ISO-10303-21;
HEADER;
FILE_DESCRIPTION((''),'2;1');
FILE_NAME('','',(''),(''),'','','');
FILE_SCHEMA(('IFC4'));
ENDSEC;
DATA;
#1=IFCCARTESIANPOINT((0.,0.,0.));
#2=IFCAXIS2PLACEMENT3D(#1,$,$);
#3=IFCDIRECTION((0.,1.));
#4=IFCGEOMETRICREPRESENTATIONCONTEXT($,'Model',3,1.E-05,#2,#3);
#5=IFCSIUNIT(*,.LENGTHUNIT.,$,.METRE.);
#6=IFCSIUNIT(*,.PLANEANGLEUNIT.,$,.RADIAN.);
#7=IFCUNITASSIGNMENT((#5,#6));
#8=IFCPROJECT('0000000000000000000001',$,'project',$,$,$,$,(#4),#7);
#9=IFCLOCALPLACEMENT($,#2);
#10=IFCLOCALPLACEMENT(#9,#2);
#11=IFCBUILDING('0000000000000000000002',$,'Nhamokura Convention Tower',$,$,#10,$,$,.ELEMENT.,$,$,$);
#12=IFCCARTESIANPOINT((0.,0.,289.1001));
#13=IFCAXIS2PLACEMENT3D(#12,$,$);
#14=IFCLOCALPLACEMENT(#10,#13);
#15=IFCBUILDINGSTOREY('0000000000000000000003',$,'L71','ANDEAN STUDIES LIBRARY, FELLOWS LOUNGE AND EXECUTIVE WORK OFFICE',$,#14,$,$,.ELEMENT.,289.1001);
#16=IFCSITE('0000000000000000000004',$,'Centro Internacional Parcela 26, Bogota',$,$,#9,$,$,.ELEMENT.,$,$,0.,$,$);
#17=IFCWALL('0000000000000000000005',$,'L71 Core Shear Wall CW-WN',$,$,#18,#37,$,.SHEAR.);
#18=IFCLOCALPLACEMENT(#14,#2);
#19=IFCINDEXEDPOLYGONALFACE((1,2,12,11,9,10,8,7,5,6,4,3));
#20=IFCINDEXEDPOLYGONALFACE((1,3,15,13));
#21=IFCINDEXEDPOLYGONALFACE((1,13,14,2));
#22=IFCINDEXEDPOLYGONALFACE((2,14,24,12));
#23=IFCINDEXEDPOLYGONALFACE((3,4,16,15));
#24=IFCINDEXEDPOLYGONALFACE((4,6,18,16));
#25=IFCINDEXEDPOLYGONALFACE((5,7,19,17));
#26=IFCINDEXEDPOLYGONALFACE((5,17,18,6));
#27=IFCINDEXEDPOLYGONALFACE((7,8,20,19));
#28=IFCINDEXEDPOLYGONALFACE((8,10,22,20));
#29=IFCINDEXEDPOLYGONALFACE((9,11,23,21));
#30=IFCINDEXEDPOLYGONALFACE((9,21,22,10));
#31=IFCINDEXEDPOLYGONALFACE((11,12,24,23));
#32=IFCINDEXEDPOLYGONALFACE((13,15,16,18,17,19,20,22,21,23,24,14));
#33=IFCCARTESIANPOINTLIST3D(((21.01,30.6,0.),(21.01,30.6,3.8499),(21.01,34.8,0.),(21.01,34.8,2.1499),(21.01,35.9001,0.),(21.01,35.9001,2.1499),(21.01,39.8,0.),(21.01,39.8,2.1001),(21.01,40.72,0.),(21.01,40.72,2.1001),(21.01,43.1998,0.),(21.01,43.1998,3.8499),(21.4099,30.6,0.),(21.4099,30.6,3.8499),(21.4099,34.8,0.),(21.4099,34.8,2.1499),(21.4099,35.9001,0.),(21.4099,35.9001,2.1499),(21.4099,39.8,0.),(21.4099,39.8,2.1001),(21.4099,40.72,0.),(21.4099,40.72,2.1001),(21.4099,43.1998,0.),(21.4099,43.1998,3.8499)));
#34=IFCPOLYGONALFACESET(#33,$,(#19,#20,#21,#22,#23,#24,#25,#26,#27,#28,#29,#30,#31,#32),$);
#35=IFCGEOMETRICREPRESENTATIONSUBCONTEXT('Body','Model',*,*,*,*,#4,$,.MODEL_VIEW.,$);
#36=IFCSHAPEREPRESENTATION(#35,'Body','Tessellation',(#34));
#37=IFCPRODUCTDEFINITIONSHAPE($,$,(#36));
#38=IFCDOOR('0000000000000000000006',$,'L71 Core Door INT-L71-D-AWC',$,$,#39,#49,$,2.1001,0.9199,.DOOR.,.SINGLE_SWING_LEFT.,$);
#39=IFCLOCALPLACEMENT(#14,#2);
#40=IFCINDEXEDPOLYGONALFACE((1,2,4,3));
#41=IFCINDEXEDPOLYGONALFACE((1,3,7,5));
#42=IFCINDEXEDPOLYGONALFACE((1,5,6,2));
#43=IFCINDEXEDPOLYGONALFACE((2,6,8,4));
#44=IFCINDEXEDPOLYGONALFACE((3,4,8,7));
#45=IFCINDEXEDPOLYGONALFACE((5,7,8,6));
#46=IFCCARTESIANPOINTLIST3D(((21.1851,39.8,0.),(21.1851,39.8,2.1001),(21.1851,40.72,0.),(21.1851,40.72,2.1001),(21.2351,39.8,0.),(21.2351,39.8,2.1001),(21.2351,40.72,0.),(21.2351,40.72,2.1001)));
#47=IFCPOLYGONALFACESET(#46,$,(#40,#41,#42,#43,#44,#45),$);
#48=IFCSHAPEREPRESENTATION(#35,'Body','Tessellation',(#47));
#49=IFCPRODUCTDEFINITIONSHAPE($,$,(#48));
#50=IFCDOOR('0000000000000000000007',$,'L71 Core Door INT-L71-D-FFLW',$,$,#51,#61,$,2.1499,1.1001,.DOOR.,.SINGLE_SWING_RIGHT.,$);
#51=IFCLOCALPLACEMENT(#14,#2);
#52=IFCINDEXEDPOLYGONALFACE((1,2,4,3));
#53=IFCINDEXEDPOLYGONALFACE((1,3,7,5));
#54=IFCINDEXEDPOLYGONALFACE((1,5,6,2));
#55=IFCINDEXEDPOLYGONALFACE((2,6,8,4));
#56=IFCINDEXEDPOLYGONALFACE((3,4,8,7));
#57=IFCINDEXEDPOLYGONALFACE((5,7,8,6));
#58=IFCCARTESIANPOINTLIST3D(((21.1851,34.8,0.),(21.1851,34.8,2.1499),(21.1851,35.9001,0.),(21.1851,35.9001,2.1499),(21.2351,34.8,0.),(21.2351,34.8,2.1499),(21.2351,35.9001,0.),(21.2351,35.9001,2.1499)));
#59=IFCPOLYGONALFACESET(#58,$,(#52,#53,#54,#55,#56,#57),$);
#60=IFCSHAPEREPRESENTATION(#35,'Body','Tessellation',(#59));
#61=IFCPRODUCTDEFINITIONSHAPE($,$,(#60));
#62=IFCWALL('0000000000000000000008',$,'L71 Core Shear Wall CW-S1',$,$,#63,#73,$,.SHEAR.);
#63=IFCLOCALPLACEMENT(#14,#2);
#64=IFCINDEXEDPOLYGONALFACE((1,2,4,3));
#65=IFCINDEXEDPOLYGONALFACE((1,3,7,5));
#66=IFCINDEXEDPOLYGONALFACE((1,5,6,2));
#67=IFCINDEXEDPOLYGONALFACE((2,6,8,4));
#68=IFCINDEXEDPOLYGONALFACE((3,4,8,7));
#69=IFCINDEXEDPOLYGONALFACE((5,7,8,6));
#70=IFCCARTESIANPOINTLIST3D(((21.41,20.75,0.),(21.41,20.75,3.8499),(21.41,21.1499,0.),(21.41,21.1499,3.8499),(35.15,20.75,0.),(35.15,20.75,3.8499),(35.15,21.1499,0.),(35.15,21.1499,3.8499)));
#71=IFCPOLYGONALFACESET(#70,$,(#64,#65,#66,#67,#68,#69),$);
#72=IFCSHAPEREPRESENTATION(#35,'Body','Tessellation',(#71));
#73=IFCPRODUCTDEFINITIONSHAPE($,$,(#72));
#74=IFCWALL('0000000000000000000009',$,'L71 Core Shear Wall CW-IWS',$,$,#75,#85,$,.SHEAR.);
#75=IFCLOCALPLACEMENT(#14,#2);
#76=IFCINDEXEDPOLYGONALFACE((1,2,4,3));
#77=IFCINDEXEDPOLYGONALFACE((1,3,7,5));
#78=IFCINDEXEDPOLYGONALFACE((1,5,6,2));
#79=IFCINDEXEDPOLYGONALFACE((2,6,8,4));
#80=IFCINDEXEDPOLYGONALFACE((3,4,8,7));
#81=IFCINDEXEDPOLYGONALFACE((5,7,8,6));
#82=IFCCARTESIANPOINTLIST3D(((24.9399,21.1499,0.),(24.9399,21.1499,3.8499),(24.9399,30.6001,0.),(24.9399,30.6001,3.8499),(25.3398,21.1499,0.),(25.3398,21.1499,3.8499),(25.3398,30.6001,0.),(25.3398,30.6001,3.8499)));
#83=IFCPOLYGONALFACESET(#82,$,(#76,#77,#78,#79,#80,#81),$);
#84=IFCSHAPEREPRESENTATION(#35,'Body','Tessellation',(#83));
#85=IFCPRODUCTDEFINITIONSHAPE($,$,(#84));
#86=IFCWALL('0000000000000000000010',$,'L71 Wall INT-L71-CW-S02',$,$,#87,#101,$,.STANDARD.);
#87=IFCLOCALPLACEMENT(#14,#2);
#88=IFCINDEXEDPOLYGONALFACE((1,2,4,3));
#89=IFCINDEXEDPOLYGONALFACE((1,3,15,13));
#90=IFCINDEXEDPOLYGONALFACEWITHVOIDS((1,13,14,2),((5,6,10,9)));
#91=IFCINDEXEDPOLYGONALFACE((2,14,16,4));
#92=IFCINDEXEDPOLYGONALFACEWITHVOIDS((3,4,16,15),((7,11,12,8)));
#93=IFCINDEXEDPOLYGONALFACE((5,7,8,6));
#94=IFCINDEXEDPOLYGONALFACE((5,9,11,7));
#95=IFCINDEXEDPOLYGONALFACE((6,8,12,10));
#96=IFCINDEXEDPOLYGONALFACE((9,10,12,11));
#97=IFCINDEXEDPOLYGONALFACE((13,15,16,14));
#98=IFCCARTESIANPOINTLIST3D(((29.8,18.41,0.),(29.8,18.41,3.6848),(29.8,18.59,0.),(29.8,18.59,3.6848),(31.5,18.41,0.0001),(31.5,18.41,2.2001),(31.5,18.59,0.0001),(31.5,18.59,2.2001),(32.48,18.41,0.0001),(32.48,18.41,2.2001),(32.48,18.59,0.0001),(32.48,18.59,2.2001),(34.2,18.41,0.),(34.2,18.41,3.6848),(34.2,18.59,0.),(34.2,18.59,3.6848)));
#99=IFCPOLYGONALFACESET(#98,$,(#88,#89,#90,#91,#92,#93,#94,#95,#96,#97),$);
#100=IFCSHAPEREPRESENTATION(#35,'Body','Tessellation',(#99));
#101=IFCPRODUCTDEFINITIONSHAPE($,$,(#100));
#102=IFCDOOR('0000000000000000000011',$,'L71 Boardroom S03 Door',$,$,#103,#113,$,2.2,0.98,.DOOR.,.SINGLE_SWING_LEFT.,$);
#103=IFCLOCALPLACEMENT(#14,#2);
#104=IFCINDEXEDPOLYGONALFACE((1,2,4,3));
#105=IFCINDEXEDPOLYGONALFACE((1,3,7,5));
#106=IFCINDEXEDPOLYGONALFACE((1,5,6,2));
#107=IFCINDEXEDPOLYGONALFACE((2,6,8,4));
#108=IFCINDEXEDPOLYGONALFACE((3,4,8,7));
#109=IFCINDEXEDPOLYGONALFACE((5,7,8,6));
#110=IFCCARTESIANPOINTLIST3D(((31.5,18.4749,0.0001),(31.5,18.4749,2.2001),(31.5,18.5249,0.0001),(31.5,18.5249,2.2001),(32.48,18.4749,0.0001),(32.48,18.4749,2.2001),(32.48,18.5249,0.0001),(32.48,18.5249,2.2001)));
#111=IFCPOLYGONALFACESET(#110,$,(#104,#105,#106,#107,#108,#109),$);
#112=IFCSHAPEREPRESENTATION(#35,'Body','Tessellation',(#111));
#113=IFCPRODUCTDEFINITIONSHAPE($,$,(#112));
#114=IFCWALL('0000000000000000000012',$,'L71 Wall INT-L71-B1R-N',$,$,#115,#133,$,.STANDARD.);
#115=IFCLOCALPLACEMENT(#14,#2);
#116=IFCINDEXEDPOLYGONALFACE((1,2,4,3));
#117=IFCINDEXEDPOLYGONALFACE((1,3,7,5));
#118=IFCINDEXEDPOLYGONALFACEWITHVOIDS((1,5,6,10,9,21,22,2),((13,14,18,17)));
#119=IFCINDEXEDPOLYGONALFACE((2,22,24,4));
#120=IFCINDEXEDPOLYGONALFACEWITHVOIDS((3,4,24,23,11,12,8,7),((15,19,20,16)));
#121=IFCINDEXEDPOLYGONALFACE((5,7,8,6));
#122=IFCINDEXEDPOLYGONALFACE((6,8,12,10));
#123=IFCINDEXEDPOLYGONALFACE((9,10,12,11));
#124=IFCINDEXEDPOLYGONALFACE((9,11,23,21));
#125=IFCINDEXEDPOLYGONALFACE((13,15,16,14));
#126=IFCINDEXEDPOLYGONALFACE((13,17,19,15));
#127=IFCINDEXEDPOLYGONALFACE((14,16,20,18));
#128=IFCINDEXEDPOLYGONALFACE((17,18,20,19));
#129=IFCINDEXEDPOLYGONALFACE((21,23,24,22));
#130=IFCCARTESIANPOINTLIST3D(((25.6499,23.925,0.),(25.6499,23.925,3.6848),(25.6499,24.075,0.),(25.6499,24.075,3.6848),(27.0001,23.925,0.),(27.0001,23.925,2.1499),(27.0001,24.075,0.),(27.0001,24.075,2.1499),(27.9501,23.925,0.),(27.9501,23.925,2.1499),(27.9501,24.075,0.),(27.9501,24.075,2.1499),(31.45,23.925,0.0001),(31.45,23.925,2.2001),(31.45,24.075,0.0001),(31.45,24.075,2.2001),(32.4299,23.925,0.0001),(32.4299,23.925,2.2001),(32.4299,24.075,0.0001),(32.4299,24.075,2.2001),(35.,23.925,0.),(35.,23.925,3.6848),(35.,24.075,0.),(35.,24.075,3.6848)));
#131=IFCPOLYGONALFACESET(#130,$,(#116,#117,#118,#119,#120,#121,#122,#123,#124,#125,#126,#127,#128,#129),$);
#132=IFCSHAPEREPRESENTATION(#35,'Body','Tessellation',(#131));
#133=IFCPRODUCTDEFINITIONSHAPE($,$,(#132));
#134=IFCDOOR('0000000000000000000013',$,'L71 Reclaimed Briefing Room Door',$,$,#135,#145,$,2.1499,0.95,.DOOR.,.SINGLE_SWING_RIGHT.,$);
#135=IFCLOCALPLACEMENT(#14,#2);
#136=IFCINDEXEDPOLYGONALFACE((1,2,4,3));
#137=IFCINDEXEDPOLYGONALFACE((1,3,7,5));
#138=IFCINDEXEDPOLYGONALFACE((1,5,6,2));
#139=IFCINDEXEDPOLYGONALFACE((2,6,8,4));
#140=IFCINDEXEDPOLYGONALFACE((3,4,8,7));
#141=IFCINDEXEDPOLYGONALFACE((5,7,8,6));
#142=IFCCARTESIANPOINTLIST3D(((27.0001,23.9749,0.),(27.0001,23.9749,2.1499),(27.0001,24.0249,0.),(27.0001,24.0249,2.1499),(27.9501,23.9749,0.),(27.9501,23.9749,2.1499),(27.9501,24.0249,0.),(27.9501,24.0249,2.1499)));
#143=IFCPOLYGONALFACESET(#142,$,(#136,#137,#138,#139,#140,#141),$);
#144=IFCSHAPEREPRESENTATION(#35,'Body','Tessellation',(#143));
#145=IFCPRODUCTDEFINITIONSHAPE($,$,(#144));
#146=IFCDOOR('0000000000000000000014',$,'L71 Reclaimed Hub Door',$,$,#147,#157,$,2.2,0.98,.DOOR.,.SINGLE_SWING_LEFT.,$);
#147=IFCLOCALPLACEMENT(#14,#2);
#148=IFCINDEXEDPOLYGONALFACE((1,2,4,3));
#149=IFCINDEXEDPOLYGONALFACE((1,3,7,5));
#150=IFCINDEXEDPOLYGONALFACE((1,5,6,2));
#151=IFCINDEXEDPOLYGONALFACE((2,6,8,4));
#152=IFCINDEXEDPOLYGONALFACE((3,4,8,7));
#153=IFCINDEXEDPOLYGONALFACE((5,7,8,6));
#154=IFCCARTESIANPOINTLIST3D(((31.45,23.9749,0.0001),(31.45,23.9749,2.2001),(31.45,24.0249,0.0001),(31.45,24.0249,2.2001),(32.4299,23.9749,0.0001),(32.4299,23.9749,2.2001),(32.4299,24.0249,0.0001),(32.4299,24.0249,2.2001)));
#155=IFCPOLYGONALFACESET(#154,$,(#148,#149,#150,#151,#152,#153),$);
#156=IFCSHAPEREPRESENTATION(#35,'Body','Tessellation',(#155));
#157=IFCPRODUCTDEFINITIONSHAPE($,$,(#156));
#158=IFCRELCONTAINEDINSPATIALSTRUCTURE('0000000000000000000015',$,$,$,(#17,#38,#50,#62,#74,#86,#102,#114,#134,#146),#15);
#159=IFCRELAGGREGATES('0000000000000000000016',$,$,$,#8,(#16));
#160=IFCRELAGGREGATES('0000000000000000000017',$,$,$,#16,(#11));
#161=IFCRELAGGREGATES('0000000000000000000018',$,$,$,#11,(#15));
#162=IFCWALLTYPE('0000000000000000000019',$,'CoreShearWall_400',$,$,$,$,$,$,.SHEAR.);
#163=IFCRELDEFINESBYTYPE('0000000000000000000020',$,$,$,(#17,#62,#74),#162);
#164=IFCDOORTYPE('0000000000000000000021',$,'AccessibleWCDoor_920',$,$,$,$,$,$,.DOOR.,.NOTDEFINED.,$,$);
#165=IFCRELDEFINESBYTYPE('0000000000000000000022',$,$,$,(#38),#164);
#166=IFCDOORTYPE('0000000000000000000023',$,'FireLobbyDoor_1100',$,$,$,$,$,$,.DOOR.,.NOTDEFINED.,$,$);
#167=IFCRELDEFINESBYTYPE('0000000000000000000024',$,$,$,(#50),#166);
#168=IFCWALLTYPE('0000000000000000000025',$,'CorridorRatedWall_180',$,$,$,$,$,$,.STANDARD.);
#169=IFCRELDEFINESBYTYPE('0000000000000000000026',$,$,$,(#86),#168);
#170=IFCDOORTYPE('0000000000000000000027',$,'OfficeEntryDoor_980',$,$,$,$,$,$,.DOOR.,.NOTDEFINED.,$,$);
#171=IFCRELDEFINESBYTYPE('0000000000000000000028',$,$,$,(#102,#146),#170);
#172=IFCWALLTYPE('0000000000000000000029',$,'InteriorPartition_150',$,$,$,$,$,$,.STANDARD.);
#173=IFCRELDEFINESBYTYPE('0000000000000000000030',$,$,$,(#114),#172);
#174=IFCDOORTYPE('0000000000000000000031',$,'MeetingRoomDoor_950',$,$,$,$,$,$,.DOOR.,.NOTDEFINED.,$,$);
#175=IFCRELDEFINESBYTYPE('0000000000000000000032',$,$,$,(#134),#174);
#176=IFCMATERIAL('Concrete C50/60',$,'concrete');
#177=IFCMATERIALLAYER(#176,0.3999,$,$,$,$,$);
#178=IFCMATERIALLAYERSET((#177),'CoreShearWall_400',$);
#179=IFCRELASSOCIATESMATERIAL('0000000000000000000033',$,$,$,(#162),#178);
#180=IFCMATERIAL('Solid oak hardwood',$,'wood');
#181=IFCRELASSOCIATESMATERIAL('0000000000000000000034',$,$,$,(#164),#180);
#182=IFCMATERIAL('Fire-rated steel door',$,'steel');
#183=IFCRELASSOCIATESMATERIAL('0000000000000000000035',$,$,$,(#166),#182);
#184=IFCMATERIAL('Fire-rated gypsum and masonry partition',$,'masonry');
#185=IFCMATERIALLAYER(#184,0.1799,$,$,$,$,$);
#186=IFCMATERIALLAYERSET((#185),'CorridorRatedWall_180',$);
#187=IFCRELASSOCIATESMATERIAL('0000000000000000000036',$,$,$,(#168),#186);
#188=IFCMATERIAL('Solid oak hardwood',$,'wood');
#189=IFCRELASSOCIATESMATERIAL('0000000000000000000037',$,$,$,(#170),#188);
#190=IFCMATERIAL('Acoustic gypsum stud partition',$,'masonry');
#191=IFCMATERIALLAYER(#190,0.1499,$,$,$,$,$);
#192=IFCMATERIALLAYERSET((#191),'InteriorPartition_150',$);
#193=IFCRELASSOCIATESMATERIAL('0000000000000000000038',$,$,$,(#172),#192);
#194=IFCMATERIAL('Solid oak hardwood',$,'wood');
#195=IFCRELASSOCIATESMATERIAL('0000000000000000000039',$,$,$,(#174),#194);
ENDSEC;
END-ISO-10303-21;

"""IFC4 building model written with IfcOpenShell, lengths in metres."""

from ifc_helpers import new_model, si_unit, direction, frame, frame_2d, origin, place, context, subcontext, project, spatial, rectangle, extrude, material, layer, layer_set, type_object, element, fill, save


model = new_model("IFC4")

# Units and contexts
model_context = context("Model", 3, precision=1e-05, world=origin(), true_north=direction((0.0, 1.0)))
body_context = subcontext(model_context, "Body", "Model", "MODEL_VIEW")
ifc_project = project(units=[si_unit("LENGTHUNIT", "METRE"), si_unit("PLANEANGLEUNIT", "RADIAN")], contexts=[model_context])

# Site, building, storey
site_placement = place(None, origin())
site = spatial("IfcSite", under=ifc_project, at=site_placement, Name="Centro Internacional Parcela 26, Bogota", CompositionType="ELEMENT", RefElevation=0.0)
building_placement = place(site_placement, origin())
building = spatial("IfcBuilding", under=site, at=building_placement, Name="Nhamokura Convention Tower", CompositionType="ELEMENT")
storey_placement = place(building_placement, frame((0.0, 0.0, 289.1001)))
storey = spatial("IfcBuildingStorey", under=building, at=storey_placement, Name="L71", Description="ANDEAN STUDIES LIBRARY, FELLOWS LOUNGE AND EXECUTIVE WORK OFFICE", CompositionType="ELEMENT", Elevation=289.1001)

# Shared definitions
ifc_material_1 = material(Name="Concrete C50/60", Category="concrete")
ifc_layer_1 = layer(ifc_material_1, 0.3999)
ifc_layer_set_1 = layer_set([ifc_layer_1], Name="CoreShearWall_400")
wall_type_1 = type_object("IfcWallType", Name="CoreShearWall_400", PredefinedType="SHEAR", material=ifc_layer_set_1)

# Wall, openings, doors
wall_1_placement = place(storey_placement, frame((21.21, 30.6001, 0.0), z_axis=(0.0, 0.0, 1.0), x_axis=(0.0, 1.0, 0.0)))
wall_1 = element("IfcWall", 1, at=wall_1_placement, inside=storey, type_object=wall_type_1, Name="L71 Core Shear Wall CW-WN", PredefinedType="SHEAR", context=body_context, shape_type="SweptSolid", body=[
    extrude(rectangle(XDim=12.5999, YDim=0.3999, at=frame_2d((6.2998, 0.0))), origin(), (0.0, 0.0, 1.0), 3.8499),
])
opening_1_placement = place(wall_1_placement, frame((4.2, 0.0, 0.0)))
opening_1 = element("IfcOpeningElement", 2, at=opening_1_placement, cuts=wall_1, PredefinedType="OPENING", context=body_context, shape_type="SweptSolid", body=[
    extrude(rectangle(XDim=1.1001, YDim=2.1499, at=frame_2d((0.55, 1.075))), frame((0.0, 0.21, 0.0), z_axis=(0.0, -1.0, 0.0), x_axis=(1.0, 0.0, 0.0)), (0.0, 0.0, 1.0), 0.4199),
])
opening_2_placement = place(wall_1_placement, frame((9.2, 0.0, 0.0)))
opening_2 = element("IfcOpeningElement", 3, at=opening_2_placement, cuts=wall_1, PredefinedType="OPENING", context=body_context, shape_type="SweptSolid", body=[
    extrude(rectangle(XDim=0.9199, YDim=2.1001, at=frame_2d((0.46, 1.05))), frame((0.0, 0.21, 0.0), z_axis=(0.0, -1.0, 0.0), x_axis=(1.0, 0.0, 0.0)), (0.0, 0.0, 1.0), 0.4199),
])
ifc_material_2 = material(Name="Solid oak hardwood", Category="wood")
door_type_1 = type_object("IfcDoorType", Name="AccessibleWCDoor_920", OperationType="NOTDEFINED", PredefinedType="DOOR", material=ifc_material_2)
door_1_placement = place(opening_2_placement, origin())
door_1 = element("IfcDoor", 4, at=door_1_placement, inside=storey, type_object=door_type_1, Name="L71 Core Door INT-L71-D-AWC", OperationType="SINGLE_SWING_LEFT", OverallHeight=2.1001, OverallWidth=0.9199, PredefinedType="DOOR", context=body_context, shape_type="SweptSolid", body=[
    extrude(rectangle(XDim=0.9199, YDim=2.1001, at=frame_2d((0.46, 1.05))), frame((0.0, 0.0249, 0.0), z_axis=(0.0, -1.0, 0.0), x_axis=(1.0, 0.0, 0.0)), (0.0, 0.0, 1.0), 0.05),
])
fill(opening_2, door_1)
ifc_material_3 = material(Name="Fire-rated steel door", Category="steel")
door_type_2 = type_object("IfcDoorType", Name="FireLobbyDoor_1100", OperationType="NOTDEFINED", PredefinedType="DOOR", material=ifc_material_3)
door_2_placement = place(opening_1_placement, origin())
door_2 = element("IfcDoor", 5, at=door_2_placement, inside=storey, type_object=door_type_2, Name="L71 Core Door INT-L71-D-FFLW", OperationType="SINGLE_SWING_RIGHT", OverallHeight=2.1499, OverallWidth=1.1001, PredefinedType="DOOR", context=body_context, shape_type="SweptSolid", body=[
    extrude(rectangle(XDim=1.1001, YDim=2.1499, at=frame_2d((0.55, 1.075))), frame((0.0, 0.0249, 0.0), z_axis=(0.0, -1.0, 0.0), x_axis=(1.0, 0.0, 0.0)), (0.0, 0.0, 1.0), 0.05),
])
fill(opening_1, door_2)

# Walls
wall_2_placement = place(storey_placement, frame((21.4099, 20.95, 0.0), z_axis=(0.0, 0.0, 1.0), x_axis=(1.0, 0.0, 0.0)))
element("IfcWall", 6, at=wall_2_placement, inside=storey, type_object=wall_type_1, Name="L71 Core Shear Wall CW-S1", PredefinedType="SHEAR", context=body_context, shape_type="SweptSolid", body=[
    extrude(rectangle(XDim=13.74, YDim=0.3999, at=frame_2d((6.8701, 0.0))), origin(), (0.0, 0.0, 1.0), 3.8499),
])
wall_3_placement = place(storey_placement, frame((25.1399, 21.1499, 0.0), z_axis=(0.0, 0.0, 1.0), x_axis=(0.0, 1.0, 0.0)))
element("IfcWall", 7, at=wall_3_placement, inside=storey, type_object=wall_type_1, Name="L71 Core Shear Wall CW-IWS", PredefinedType="SHEAR", context=body_context, shape_type="SweptSolid", body=[
    extrude(rectangle(XDim=9.4502, YDim=0.3999, at=frame_2d((4.7251, 0.0))), origin(), (0.0, 0.0, 1.0), 3.8499),
])

# Wall, opening, door
ifc_material_4 = material(Name="Fire-rated gypsum and masonry partition", Category="masonry")
ifc_layer_2 = layer(ifc_material_4, 0.1799)
ifc_layer_set_2 = layer_set([ifc_layer_2], Name="CorridorRatedWall_180")
wall_type_2 = type_object("IfcWallType", Name="CorridorRatedWall_180", PredefinedType="STANDARD", material=ifc_layer_set_2)
wall_4_placement = place(storey_placement, frame((29.8, 18.5, 0.0), z_axis=(0.0, 0.0, 1.0), x_axis=(1.0, 0.0, 0.0)))
wall_4 = element("IfcWall", 8, at=wall_4_placement, inside=storey, type_object=wall_type_2, Name="L71 Wall INT-L71-CW-S02", PredefinedType="STANDARD", context=body_context, shape_type="SweptSolid", body=[
    extrude(rectangle(XDim=4.3999, YDim=0.1799, at=frame_2d((2.2, 0.0))), origin(), (0.0, 0.0, 1.0), 3.6848),
])
opening_3_placement = place(wall_4_placement, frame((1.7, 0.0, 0.0)))
opening_3 = element("IfcOpeningElement", 9, at=opening_3_placement, cuts=wall_4, PredefinedType="OPENING", context=body_context, shape_type="SweptSolid", body=[
    extrude(rectangle(XDim=0.98, YDim=2.2, at=frame_2d((0.49, 1.1001))), frame((0.0, 0.0999, 0.0), z_axis=(0.0, -1.0, 0.0), x_axis=(1.0, 0.0, 0.0)), (0.0, 0.0, 1.0), 0.2),
])
ifc_material_5 = material(Name="Solid oak hardwood", Category="wood")
door_type_3 = type_object("IfcDoorType", Name="OfficeEntryDoor_980", OperationType="NOTDEFINED", PredefinedType="DOOR", material=ifc_material_5)
door_3_placement = place(opening_3_placement, origin())
door_3 = element("IfcDoor", 10, at=door_3_placement, inside=storey, type_object=door_type_3, Name="L71 Boardroom S03 Door", OperationType="SINGLE_SWING_LEFT", OverallHeight=2.2, OverallWidth=0.98, PredefinedType="DOOR", context=body_context, shape_type="SweptSolid", body=[
    extrude(rectangle(XDim=0.98, YDim=2.2, at=frame_2d((0.49, 1.1001))), frame((0.0, 0.0249, 0.0), z_axis=(0.0, -1.0, 0.0), x_axis=(1.0, 0.0, 0.0)), (0.0, 0.0, 1.0), 0.05),
])
fill(opening_3, door_3)

# Wall, openings, doors
ifc_material_6 = material(Name="Acoustic gypsum stud partition", Category="masonry")
ifc_layer_3 = layer(ifc_material_6, 0.1499)
ifc_layer_set_3 = layer_set([ifc_layer_3], Name="InteriorPartition_150")
wall_type_3 = type_object("IfcWallType", Name="InteriorPartition_150", PredefinedType="STANDARD", material=ifc_layer_set_3)
wall_5_placement = place(storey_placement, frame((25.6499, 24.0, 0.0), z_axis=(0.0, 0.0, 1.0), x_axis=(1.0, 0.0, 0.0)))
wall_5 = element("IfcWall", 11, at=wall_5_placement, inside=storey, type_object=wall_type_3, Name="L71 Wall INT-L71-B1R-N", PredefinedType="STANDARD", context=body_context, shape_type="SweptSolid", body=[
    extrude(rectangle(XDim=9.3501, YDim=0.1499, at=frame_2d((4.675, 0.0))), origin(), (0.0, 0.0, 1.0), 3.6848),
])
opening_4_placement = place(wall_5_placement, frame((1.3501, 0.0, 0.0)))
opening_4 = element("IfcOpeningElement", 12, at=opening_4_placement, cuts=wall_5, PredefinedType="OPENING", context=body_context, shape_type="SweptSolid", body=[
    extrude(rectangle(XDim=0.95, YDim=2.1499, at=frame_2d((0.4751, 1.075))), frame((0.0, 0.085, 0.0), z_axis=(0.0, -1.0, 0.0), x_axis=(1.0, 0.0, 0.0)), (0.0, 0.0, 1.0), 0.1699),
])
opening_5_placement = place(wall_5_placement, frame((5.8, 0.0, 0.0)))
opening_5 = element("IfcOpeningElement", 13, at=opening_5_placement, cuts=wall_5, PredefinedType="OPENING", context=body_context, shape_type="SweptSolid", body=[
    extrude(rectangle(XDim=0.98, YDim=2.2, at=frame_2d((0.49, 1.1001))), frame((0.0, 0.085, 0.0), z_axis=(0.0, -1.0, 0.0), x_axis=(1.0, 0.0, 0.0)), (0.0, 0.0, 1.0), 0.1699),
])
ifc_material_7 = material(Name="Solid oak hardwood", Category="wood")
door_type_4 = type_object("IfcDoorType", Name="MeetingRoomDoor_950", OperationType="NOTDEFINED", PredefinedType="DOOR", material=ifc_material_7)
door_4_placement = place(opening_4_placement, origin())
door_4 = element("IfcDoor", 14, at=door_4_placement, inside=storey, type_object=door_type_4, Name="L71 Reclaimed Briefing Room Door", OperationType="SINGLE_SWING_RIGHT", OverallHeight=2.1499, OverallWidth=0.95, PredefinedType="DOOR", context=body_context, shape_type="SweptSolid", body=[
    extrude(rectangle(XDim=0.95, YDim=2.1499, at=frame_2d((0.4751, 1.075))), frame((0.0, 0.0249, 0.0), z_axis=(0.0, -1.0, 0.0), x_axis=(1.0, 0.0, 0.0)), (0.0, 0.0, 1.0), 0.05),
])
fill(opening_4, door_4)
door_5_placement = place(opening_5_placement, origin())
door_5 = element("IfcDoor", 15, at=door_5_placement, inside=storey, type_object=door_type_3, Name="L71 Reclaimed Hub Door", OperationType="SINGLE_SWING_LEFT", OverallHeight=2.2, OverallWidth=0.98, PredefinedType="DOOR", context=body_context, shape_type="SweptSolid", body=[
    extrude(rectangle(XDim=0.98, YDim=2.2, at=frame_2d((0.49, 1.1001))), frame((0.0, 0.0249, 0.0), z_axis=(0.0, -1.0, 0.0), x_axis=(1.0, 0.0, 0.0)), (0.0, 0.0, 1.0), 0.05),
])
fill(opening_5, door_5)

save(model, "model.ifc")
